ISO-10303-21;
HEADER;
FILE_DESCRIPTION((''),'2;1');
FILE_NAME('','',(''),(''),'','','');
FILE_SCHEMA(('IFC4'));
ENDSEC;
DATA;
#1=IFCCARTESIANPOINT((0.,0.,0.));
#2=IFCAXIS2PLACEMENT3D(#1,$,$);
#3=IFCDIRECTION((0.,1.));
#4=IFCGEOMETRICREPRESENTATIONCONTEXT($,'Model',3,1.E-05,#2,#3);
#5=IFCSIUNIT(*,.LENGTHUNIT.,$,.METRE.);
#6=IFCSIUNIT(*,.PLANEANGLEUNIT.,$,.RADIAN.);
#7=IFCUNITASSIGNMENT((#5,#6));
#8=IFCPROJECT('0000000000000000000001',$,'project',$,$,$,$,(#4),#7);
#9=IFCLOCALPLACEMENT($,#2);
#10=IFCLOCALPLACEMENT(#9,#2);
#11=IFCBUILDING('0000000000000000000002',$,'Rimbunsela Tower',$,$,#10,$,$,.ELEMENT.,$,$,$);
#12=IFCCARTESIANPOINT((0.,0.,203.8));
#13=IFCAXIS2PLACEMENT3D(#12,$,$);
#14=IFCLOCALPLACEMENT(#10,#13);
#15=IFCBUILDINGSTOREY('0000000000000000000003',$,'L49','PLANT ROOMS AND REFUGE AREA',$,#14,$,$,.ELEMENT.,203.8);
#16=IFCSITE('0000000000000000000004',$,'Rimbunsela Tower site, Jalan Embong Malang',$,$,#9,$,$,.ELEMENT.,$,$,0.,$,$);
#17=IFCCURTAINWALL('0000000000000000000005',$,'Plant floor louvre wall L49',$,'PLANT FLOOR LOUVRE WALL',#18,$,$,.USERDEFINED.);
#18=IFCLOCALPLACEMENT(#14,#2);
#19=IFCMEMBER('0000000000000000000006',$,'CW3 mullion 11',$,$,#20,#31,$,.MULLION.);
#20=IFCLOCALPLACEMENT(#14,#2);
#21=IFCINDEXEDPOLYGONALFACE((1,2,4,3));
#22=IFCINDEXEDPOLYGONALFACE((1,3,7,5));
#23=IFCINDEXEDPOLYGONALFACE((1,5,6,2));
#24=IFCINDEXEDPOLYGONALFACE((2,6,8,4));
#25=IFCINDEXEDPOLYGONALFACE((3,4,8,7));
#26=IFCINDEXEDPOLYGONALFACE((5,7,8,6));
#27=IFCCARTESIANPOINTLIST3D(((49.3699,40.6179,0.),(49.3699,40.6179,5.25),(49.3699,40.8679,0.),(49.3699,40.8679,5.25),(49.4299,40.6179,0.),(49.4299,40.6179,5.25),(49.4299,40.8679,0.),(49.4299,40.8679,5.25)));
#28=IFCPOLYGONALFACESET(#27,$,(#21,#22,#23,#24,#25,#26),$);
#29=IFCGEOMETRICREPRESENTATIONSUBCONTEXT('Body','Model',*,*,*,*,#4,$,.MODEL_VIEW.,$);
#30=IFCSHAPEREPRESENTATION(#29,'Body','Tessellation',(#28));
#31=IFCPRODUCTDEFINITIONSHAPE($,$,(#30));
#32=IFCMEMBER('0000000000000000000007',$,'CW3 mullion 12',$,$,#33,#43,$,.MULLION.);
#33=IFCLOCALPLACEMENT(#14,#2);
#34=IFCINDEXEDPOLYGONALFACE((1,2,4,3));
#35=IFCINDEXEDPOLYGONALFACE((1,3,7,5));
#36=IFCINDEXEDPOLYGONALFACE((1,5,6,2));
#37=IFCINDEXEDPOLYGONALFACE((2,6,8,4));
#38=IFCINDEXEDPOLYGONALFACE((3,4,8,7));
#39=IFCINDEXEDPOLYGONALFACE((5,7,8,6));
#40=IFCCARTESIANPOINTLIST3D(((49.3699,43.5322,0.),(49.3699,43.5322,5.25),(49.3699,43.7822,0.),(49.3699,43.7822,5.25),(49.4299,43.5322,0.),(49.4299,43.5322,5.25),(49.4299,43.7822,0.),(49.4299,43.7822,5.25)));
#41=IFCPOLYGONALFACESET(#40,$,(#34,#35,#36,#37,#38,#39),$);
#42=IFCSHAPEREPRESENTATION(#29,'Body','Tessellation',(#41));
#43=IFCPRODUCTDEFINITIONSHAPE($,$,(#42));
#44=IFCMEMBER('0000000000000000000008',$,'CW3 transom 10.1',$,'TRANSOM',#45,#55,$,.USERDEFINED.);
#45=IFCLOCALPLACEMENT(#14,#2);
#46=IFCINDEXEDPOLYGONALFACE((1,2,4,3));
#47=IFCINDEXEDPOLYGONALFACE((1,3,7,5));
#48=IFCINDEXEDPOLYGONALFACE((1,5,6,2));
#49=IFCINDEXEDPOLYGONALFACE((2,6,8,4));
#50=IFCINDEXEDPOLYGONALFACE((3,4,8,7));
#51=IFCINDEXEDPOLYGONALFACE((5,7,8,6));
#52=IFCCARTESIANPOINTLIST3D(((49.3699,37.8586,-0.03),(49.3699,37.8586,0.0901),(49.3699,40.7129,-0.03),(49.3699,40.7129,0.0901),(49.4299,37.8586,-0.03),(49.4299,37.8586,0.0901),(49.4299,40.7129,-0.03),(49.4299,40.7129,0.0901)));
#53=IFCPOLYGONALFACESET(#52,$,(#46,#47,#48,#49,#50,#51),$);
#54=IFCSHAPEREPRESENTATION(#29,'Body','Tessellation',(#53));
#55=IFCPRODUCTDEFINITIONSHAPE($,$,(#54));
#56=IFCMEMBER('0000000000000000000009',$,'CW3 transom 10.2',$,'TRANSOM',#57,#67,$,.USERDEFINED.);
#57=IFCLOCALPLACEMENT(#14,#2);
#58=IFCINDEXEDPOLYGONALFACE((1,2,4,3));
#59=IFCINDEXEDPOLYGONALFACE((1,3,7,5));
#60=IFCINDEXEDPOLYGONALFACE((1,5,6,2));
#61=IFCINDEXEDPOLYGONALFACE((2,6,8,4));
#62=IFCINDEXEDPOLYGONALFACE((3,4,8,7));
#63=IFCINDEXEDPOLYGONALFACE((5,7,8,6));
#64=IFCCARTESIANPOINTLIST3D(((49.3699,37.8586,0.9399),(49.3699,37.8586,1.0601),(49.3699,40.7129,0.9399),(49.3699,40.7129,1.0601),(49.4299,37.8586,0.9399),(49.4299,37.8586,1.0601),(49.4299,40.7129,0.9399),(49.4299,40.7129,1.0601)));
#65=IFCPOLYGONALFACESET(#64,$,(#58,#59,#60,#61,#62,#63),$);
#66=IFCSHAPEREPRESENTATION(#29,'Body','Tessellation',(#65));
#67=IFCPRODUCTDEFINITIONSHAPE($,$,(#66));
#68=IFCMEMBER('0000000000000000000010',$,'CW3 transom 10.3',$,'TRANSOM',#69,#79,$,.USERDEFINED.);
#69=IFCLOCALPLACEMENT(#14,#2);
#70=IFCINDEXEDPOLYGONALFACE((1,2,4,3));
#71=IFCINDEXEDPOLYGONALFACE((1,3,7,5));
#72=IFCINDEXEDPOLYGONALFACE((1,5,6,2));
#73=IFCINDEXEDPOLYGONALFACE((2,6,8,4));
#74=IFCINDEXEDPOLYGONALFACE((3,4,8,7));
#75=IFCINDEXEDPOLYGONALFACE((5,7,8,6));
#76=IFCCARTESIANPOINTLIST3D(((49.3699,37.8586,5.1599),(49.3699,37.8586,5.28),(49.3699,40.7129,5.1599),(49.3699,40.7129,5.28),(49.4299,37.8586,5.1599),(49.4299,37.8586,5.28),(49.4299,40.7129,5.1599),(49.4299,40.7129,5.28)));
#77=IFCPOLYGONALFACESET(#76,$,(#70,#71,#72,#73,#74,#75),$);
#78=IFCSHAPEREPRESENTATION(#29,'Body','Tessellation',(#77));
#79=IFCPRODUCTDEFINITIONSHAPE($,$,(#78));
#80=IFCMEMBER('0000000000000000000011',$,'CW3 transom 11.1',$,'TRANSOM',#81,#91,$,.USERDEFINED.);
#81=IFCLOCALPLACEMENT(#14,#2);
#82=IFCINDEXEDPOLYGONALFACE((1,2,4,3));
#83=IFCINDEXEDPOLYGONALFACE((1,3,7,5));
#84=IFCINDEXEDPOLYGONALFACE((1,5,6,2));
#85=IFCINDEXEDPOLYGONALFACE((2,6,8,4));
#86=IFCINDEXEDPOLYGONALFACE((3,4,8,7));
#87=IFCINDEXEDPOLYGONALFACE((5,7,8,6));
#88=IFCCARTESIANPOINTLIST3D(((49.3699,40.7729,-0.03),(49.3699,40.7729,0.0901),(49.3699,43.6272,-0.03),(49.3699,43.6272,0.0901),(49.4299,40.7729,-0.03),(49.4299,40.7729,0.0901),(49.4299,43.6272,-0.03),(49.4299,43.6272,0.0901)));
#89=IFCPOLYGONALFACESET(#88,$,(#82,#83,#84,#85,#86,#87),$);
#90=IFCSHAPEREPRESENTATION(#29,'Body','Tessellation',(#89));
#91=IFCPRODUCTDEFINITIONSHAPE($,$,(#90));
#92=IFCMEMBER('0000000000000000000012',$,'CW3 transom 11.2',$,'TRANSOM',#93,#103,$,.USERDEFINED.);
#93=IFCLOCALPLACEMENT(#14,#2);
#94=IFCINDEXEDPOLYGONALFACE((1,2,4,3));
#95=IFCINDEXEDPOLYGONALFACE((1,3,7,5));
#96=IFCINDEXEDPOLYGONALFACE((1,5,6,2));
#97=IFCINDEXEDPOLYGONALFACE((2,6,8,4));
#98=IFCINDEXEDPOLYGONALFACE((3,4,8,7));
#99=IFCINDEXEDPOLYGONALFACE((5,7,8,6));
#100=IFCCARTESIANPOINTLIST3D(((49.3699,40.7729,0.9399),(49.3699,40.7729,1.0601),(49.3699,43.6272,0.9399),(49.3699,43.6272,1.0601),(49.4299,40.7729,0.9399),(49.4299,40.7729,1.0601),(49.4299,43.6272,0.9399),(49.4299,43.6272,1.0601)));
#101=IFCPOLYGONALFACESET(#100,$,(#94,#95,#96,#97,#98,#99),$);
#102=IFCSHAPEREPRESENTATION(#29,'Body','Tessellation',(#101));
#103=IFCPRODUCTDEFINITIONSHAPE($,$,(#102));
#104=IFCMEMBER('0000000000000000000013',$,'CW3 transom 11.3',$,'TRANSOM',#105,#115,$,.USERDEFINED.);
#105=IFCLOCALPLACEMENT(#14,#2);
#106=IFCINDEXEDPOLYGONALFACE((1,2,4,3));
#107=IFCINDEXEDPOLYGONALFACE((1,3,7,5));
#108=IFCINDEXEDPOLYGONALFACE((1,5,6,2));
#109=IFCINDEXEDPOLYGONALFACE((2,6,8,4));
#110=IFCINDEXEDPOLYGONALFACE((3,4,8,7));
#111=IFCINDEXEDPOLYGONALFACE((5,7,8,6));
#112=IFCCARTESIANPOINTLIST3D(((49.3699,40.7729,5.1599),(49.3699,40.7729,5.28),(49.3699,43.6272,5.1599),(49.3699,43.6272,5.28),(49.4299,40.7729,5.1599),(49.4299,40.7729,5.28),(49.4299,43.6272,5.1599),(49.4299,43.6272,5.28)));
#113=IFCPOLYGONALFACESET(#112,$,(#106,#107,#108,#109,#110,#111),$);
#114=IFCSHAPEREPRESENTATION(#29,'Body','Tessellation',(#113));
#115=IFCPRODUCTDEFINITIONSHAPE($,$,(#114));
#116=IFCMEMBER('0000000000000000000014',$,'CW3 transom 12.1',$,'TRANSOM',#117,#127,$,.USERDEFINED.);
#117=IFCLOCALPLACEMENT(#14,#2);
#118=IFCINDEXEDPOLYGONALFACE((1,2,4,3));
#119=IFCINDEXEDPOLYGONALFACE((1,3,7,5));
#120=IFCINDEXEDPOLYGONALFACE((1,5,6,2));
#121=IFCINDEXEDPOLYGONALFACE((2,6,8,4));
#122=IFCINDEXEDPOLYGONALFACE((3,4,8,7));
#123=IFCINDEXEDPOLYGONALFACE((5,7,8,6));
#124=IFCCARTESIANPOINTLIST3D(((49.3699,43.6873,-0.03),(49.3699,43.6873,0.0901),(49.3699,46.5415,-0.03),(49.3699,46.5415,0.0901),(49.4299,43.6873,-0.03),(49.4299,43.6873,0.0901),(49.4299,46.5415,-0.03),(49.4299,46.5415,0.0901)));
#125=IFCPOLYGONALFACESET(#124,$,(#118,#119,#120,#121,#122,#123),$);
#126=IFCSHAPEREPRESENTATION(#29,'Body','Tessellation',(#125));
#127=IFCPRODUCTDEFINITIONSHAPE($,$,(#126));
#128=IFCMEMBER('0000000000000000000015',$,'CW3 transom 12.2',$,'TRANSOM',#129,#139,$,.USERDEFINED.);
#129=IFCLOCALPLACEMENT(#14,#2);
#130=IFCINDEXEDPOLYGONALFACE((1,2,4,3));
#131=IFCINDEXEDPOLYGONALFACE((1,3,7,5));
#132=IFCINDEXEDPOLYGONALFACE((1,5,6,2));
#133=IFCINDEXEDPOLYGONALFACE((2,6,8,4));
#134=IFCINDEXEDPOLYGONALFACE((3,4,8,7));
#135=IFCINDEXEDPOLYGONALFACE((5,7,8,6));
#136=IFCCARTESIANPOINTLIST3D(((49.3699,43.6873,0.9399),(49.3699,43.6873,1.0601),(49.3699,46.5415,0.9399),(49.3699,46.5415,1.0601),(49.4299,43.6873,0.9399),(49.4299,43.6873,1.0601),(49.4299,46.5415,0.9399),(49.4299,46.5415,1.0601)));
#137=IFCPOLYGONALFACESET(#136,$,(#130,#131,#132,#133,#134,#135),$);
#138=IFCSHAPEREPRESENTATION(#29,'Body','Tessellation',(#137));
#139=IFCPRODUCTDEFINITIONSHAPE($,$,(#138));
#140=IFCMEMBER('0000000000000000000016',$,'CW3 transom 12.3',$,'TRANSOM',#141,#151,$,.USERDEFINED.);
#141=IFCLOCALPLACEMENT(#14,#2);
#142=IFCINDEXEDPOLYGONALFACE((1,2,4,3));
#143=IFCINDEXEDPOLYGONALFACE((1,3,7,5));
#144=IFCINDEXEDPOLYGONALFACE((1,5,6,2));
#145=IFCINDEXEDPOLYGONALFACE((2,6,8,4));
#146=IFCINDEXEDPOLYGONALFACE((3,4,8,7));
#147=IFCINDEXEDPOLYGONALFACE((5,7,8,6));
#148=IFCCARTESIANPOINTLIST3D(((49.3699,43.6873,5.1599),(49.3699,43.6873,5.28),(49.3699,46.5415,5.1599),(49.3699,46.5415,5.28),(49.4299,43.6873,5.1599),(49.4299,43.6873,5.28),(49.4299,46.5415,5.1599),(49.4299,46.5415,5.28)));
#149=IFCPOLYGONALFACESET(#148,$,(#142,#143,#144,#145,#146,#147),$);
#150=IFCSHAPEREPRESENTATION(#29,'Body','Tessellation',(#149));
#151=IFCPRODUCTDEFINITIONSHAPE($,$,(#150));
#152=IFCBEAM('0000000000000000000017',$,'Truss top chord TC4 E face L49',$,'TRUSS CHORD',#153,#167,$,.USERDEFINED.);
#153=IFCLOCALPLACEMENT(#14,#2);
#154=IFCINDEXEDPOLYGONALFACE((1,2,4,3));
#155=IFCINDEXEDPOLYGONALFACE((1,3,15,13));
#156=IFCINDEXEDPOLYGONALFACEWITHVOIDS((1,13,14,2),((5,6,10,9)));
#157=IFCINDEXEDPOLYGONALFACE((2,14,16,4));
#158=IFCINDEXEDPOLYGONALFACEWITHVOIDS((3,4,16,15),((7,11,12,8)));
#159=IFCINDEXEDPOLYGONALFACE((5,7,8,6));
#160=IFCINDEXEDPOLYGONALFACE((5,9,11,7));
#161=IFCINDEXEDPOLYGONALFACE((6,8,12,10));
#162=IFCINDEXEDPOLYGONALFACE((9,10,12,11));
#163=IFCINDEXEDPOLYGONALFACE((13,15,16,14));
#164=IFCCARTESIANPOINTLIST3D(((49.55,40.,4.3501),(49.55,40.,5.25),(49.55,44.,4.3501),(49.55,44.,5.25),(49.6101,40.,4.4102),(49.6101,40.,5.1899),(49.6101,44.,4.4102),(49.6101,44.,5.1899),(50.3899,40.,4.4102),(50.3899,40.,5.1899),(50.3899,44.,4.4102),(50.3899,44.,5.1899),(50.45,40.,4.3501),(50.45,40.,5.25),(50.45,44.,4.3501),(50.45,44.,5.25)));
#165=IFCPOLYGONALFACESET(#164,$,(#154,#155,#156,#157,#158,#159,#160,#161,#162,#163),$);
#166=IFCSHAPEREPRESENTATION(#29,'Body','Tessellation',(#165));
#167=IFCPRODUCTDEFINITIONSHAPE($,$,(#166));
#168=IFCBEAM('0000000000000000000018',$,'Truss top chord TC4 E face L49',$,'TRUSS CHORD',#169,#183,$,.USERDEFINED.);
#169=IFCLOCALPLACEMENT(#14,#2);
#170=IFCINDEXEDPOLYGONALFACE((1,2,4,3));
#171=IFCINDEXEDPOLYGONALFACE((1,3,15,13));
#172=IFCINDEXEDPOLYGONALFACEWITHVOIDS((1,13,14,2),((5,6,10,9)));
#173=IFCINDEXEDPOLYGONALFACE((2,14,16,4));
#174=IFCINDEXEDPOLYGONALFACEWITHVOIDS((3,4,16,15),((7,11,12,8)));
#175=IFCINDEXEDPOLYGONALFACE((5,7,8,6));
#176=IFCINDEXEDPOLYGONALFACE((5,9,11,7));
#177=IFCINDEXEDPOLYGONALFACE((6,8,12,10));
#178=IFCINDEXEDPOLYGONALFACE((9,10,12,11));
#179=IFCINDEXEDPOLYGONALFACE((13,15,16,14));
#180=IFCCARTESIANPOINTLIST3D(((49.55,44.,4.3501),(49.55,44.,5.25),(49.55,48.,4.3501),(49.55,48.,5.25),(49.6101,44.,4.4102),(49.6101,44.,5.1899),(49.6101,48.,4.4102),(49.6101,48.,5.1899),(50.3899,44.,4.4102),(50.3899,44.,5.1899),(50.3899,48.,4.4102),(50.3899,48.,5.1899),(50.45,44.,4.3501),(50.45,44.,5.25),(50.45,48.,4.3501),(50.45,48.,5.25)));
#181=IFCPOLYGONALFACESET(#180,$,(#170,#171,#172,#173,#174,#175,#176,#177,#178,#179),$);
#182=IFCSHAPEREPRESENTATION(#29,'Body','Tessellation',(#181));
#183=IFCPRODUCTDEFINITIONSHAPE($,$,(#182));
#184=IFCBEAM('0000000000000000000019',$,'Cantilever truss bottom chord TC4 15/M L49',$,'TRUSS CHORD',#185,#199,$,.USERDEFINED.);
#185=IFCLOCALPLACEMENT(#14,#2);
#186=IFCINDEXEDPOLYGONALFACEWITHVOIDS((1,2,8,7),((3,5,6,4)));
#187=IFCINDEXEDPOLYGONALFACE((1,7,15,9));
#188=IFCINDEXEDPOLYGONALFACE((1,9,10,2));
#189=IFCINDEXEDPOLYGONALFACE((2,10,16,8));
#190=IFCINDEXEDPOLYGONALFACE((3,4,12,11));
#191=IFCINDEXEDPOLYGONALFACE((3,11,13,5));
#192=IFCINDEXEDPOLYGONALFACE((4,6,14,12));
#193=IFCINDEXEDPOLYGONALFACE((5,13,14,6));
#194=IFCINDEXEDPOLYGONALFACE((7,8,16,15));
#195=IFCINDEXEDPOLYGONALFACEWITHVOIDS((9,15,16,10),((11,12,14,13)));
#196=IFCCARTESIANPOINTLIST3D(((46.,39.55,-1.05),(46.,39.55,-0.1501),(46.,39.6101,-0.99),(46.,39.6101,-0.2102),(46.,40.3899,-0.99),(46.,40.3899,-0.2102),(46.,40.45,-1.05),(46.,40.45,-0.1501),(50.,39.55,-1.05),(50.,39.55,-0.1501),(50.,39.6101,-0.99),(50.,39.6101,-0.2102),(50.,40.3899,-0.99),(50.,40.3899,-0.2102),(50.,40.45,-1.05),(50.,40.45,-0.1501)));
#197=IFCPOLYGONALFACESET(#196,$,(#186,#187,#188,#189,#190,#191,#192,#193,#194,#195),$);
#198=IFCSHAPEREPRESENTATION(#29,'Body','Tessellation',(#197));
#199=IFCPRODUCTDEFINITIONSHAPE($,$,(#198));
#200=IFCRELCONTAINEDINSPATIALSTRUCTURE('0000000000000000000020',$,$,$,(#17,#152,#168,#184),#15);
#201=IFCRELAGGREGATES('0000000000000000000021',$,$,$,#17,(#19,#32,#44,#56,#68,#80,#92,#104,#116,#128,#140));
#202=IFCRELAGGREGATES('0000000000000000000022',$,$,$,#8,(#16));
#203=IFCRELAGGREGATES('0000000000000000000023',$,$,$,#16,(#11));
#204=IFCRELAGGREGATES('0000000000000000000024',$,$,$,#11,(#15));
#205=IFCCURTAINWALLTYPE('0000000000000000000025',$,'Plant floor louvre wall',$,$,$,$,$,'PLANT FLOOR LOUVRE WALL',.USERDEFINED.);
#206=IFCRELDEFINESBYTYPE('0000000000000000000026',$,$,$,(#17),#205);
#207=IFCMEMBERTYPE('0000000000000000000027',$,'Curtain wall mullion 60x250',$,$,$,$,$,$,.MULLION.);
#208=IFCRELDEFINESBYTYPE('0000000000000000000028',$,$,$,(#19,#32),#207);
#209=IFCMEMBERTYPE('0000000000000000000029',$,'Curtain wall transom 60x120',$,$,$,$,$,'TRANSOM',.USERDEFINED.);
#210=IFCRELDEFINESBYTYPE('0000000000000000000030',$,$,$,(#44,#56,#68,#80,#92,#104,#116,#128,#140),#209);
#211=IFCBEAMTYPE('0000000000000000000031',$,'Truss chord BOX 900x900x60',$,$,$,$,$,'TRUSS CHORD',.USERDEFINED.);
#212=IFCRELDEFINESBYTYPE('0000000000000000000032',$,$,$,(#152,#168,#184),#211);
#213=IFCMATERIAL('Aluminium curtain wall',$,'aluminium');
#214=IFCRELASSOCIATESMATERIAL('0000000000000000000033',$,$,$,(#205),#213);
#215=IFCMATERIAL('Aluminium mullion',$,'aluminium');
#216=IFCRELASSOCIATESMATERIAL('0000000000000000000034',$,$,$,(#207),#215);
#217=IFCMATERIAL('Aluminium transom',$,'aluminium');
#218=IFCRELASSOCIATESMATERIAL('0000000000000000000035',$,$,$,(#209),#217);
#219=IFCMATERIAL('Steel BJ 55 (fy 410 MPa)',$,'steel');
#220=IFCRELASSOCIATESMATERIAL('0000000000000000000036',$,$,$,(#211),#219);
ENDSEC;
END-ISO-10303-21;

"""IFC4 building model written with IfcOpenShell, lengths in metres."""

from ifc_helpers import new_model, si_unit, direction, frame, origin, origin_2d, place, context, subcontext, project, spatial, rectangle, hollow_rectangle, extrude, material, material_profile, profile_set, type_object, element, aggregate, save


model = new_model("IFC4")

# Units and contexts
model_context = context("Model", 3, precision=1e-05, world=origin(), true_north=direction((0.0, 1.0)))
body_context = subcontext(model_context, "Body", "Model", "MODEL_VIEW")
ifc_project = project(units=[si_unit("LENGTHUNIT", "METRE"), si_unit("PLANEANGLEUNIT", "RADIAN")], contexts=[model_context])

# Site, building, storey
site_placement = place(None, origin())
site = spatial("IfcSite", under=ifc_project, at=site_placement, Name="Rimbunsela Tower site, Jalan Embong Malang", CompositionType="ELEMENT", RefElevation=0.0)
building_placement = place(site_placement, origin())
building = spatial("IfcBuilding", under=site, at=building_placement, Name="Rimbunsela Tower", CompositionType="ELEMENT")
storey_placement = place(building_placement, frame((0.0, 0.0, 203.8)))
storey = spatial("IfcBuildingStorey", under=building, at=storey_placement, Name="L49", Description="PLANT ROOMS AND REFUGE AREA", CompositionType="ELEMENT", Elevation=203.8)

# Curtain wall, members
ifc_material_1 = material(Name="Aluminium curtain wall", Category="aluminium")
curtain_wall_type = type_object("IfcCurtainWallType", Name="Plant floor louvre wall", ElementType="PLANT FLOOR LOUVRE WALL", PredefinedType="USERDEFINED", material=ifc_material_1)
curtain_wall_placement = place(storey_placement, origin())
curtain_wall = element("IfcCurtainWall", 1, at=curtain_wall_placement, inside=storey, type_object=curtain_wall_type, Name="Plant floor louvre wall L49", ObjectType="PLANT FLOOR LOUVRE WALL", PredefinedType="USERDEFINED")
ifc_material_2 = material(Name="Aluminium mullion", Category="aluminium")
ifc_material_profile_1 = material_profile(ifc_material_2, rectangle(XDim=0.0601, YDim=0.25, at=origin_2d()), Name="Mullion 60x250")
ifc_profile_set_1 = profile_set([ifc_material_profile_1], Name="Aluminium mullion")
member_type_1 = type_object("IfcMemberType", Name="Curtain wall mullion 60x250", PredefinedType="MULLION", material=ifc_profile_set_1)
member_1_placement = place(storey_placement, frame((49.3999, 40.7429, 0.0), z_axis=(0.0, 0.0, 1.0), x_axis=(-1.0, 0.0, 0.0)))
member_1 = element("IfcMember", 2, at=member_1_placement, type_object=member_type_1, Name="CW3 mullion 11", PredefinedType="MULLION", context=body_context, shape_type="SweptSolid", body=[
    extrude(rectangle(XDim=0.0601, YDim=0.25, at=origin_2d()), origin(), (0.0, 0.0, 1.0), 5.25),
])
member_2_placement = place(storey_placement, frame((49.3999, 43.6572, 0.0), z_axis=(0.0, 0.0, 1.0), x_axis=(-1.0, 0.0, 0.0)))
member_2 = element("IfcMember", 3, at=member_2_placement, type_object=member_type_1, Name="CW3 mullion 12", PredefinedType="MULLION", context=body_context, shape_type="SweptSolid", body=[
    extrude(rectangle(XDim=0.0601, YDim=0.25, at=origin_2d()), origin(), (0.0, 0.0, 1.0), 5.25),
])
ifc_material_3 = material(Name="Aluminium transom", Category="aluminium")
ifc_material_profile_2 = material_profile(ifc_material_3, rectangle(XDim=0.0601, YDim=0.1201, at=origin_2d()), Name="Transom 60x120")
ifc_profile_set_2 = profile_set([ifc_material_profile_2], Name="Aluminium transom")
member_type_2 = type_object("IfcMemberType", Name="Curtain wall transom 60x120", ElementType="TRANSOM", PredefinedType="USERDEFINED", material=ifc_profile_set_2)
member_3_placement = place(storey_placement, frame((49.3999, 37.8586, 0.03), z_axis=(0.0, 1.0, 0.0), x_axis=(-1.0, 0.0, 0.0)))
member_3 = element("IfcMember", 4, at=member_3_placement, type_object=member_type_2, Name="CW3 transom 10.1", ObjectType="TRANSOM", PredefinedType="USERDEFINED", context=body_context, shape_type="SweptSolid", body=[
    extrude(rectangle(XDim=0.0601, YDim=0.1201, at=origin_2d()), origin(), (0.0, 0.0, 1.0), 2.8542),
])
member_4_placement = place(storey_placement, frame((49.3999, 37.8586, 1.0), z_axis=(0.0, 1.0, 0.0), x_axis=(-1.0, 0.0, 0.0)))
member_4 = element("IfcMember", 5, at=member_4_placement, type_object=member_type_2, Name="CW3 transom 10.2", ObjectType="TRANSOM", PredefinedType="USERDEFINED", context=body_context, shape_type="SweptSolid", body=[
    extrude(rectangle(XDim=0.0601, YDim=0.1201, at=origin_2d()), origin(), (0.0, 0.0, 1.0), 2.8542),
])
member_5_placement = place(storey_placement, frame((49.3999, 37.8586, 5.22), z_axis=(0.0, 1.0, 0.0), x_axis=(-1.0, 0.0, 0.0)))
member_5 = element("IfcMember", 6, at=member_5_placement, type_object=member_type_2, Name="CW3 transom 10.3", ObjectType="TRANSOM", PredefinedType="USERDEFINED", context=body_context, shape_type="SweptSolid", body=[
    extrude(rectangle(XDim=0.0601, YDim=0.1201, at=origin_2d()), origin(), (0.0, 0.0, 1.0), 2.8542),
])
member_6_placement = place(storey_placement, frame((49.3999, 40.7729, 0.03), z_axis=(0.0, 1.0, 0.0), x_axis=(-1.0, 0.0, 0.0)))
member_6 = element("IfcMember", 7, at=member_6_placement, type_object=member_type_2, Name="CW3 transom 11.1", ObjectType="TRANSOM", PredefinedType="USERDEFINED", context=body_context, shape_type="SweptSolid", body=[
    extrude(rectangle(XDim=0.0601, YDim=0.1201, at=origin_2d()), origin(), (0.0, 0.0, 1.0), 2.8542),
])
member_7_placement = place(storey_placement, frame((49.3999, 40.7729, 1.0), z_axis=(0.0, 1.0, 0.0), x_axis=(-1.0, 0.0, 0.0)))
member_7 = element("IfcMember", 8, at=member_7_placement, type_object=member_type_2, Name="CW3 transom 11.2", ObjectType="TRANSOM", PredefinedType="USERDEFINED", context=body_context, shape_type="SweptSolid", body=[
    extrude(rectangle(XDim=0.0601, YDim=0.1201, at=origin_2d()), origin(), (0.0, 0.0, 1.0), 2.8542),
])
member_8_placement = place(storey_placement, frame((49.3999, 40.7729, 5.22), z_axis=(0.0, 1.0, 0.0), x_axis=(-1.0, 0.0, 0.0)))
member_8 = element("IfcMember", 9, at=member_8_placement, type_object=member_type_2, Name="CW3 transom 11.3", ObjectType="TRANSOM", PredefinedType="USERDEFINED", context=body_context, shape_type="SweptSolid", body=[
    extrude(rectangle(XDim=0.0601, YDim=0.1201, at=origin_2d()), origin(), (0.0, 0.0, 1.0), 2.8542),
])
member_9_placement = place(storey_placement, frame((49.3999, 43.6873, 0.03), z_axis=(0.0, 1.0, 0.0), x_axis=(-1.0, 0.0, 0.0)))
member_9 = element("IfcMember", 10, at=member_9_placement, type_object=member_type_2, Name="CW3 transom 12.1", ObjectType="TRANSOM", PredefinedType="USERDEFINED", context=body_context, shape_type="SweptSolid", body=[
    extrude(rectangle(XDim=0.0601, YDim=0.1201, at=origin_2d()), origin(), (0.0, 0.0, 1.0), 2.8542),
])
member_10_placement = place(storey_placement, frame((49.3999, 43.6873, 1.0), z_axis=(0.0, 1.0, 0.0), x_axis=(-1.0, 0.0, 0.0)))
member_10 = element("IfcMember", 11, at=member_10_placement, type_object=member_type_2, Name="CW3 transom 12.2", ObjectType="TRANSOM", PredefinedType="USERDEFINED", context=body_context, shape_type="SweptSolid", body=[
    extrude(rectangle(XDim=0.0601, YDim=0.1201, at=origin_2d()), origin(), (0.0, 0.0, 1.0), 2.8542),
])
member_11_placement = place(storey_placement, frame((49.3999, 43.6873, 5.22), z_axis=(0.0, 1.0, 0.0), x_axis=(-1.0, 0.0, 0.0)))
member_11 = element("IfcMember", 12, at=member_11_placement, type_object=member_type_2, Name="CW3 transom 12.3", ObjectType="TRANSOM", PredefinedType="USERDEFINED", context=body_context, shape_type="SweptSolid", body=[
    extrude(rectangle(XDim=0.0601, YDim=0.1201, at=origin_2d()), origin(), (0.0, 0.0, 1.0), 2.8542),
])

# Beams
ifc_material_4 = material(Name="Steel BJ 55 (fy 410 MPa)", Category="steel")
ifc_material_profile_3 = material_profile(ifc_material_4, hollow_rectangle(XDim=0.8999, YDim=0.8999, WallThickness=0.0601, at=origin_2d()), Name="BOX 900x900x60")
ifc_profile_set_3 = profile_set([ifc_material_profile_3], Name="Steel BJ 55 (fy 410 MPa)")
beam_type_1 = type_object("IfcBeamType", Name="Truss chord BOX 900x900x60", ElementType="TRUSS CHORD", PredefinedType="USERDEFINED", material=ifc_profile_set_3)
for number, where, z_axis, x_axis, name in (
    (13, (50.0, 40.0, 4.8), (0.0, 1.0, 0.0), (-1.0, 0.0, 0.0), "Truss top chord TC4 E face L49"),
    (14, (50.0, 44.0, 4.8), (0.0, 1.0, 0.0), (-1.0, 0.0, 0.0), "Truss top chord TC4 E face L49"),
    (15, (46.0, 40.0, -0.6001), (1.0, 0.0, 0.0), (0.0, 1.0, 0.0), "Cantilever truss bottom chord TC4 15/M L49"),
):
    element("IfcBeam", number, at=place(storey_placement, frame(where, z_axis=z_axis, x_axis=x_axis)), inside=storey, type_object=beam_type_1, Name=name, ObjectType="TRUSS CHORD", PredefinedType="USERDEFINED", context=body_context, shape_type="SweptSolid", body=[
        extrude(hollow_rectangle(XDim=0.8999, YDim=0.8999, WallThickness=0.0601, at=origin_2d()), origin(), (0.0, 0.0, 1.0), 4.0),
    ])

aggregate(curtain_wall, [member_1, member_2, member_3, member_4, member_5, member_6, member_7, member_8, member_9, member_10, member_11])

save(model, "model.ifc")
